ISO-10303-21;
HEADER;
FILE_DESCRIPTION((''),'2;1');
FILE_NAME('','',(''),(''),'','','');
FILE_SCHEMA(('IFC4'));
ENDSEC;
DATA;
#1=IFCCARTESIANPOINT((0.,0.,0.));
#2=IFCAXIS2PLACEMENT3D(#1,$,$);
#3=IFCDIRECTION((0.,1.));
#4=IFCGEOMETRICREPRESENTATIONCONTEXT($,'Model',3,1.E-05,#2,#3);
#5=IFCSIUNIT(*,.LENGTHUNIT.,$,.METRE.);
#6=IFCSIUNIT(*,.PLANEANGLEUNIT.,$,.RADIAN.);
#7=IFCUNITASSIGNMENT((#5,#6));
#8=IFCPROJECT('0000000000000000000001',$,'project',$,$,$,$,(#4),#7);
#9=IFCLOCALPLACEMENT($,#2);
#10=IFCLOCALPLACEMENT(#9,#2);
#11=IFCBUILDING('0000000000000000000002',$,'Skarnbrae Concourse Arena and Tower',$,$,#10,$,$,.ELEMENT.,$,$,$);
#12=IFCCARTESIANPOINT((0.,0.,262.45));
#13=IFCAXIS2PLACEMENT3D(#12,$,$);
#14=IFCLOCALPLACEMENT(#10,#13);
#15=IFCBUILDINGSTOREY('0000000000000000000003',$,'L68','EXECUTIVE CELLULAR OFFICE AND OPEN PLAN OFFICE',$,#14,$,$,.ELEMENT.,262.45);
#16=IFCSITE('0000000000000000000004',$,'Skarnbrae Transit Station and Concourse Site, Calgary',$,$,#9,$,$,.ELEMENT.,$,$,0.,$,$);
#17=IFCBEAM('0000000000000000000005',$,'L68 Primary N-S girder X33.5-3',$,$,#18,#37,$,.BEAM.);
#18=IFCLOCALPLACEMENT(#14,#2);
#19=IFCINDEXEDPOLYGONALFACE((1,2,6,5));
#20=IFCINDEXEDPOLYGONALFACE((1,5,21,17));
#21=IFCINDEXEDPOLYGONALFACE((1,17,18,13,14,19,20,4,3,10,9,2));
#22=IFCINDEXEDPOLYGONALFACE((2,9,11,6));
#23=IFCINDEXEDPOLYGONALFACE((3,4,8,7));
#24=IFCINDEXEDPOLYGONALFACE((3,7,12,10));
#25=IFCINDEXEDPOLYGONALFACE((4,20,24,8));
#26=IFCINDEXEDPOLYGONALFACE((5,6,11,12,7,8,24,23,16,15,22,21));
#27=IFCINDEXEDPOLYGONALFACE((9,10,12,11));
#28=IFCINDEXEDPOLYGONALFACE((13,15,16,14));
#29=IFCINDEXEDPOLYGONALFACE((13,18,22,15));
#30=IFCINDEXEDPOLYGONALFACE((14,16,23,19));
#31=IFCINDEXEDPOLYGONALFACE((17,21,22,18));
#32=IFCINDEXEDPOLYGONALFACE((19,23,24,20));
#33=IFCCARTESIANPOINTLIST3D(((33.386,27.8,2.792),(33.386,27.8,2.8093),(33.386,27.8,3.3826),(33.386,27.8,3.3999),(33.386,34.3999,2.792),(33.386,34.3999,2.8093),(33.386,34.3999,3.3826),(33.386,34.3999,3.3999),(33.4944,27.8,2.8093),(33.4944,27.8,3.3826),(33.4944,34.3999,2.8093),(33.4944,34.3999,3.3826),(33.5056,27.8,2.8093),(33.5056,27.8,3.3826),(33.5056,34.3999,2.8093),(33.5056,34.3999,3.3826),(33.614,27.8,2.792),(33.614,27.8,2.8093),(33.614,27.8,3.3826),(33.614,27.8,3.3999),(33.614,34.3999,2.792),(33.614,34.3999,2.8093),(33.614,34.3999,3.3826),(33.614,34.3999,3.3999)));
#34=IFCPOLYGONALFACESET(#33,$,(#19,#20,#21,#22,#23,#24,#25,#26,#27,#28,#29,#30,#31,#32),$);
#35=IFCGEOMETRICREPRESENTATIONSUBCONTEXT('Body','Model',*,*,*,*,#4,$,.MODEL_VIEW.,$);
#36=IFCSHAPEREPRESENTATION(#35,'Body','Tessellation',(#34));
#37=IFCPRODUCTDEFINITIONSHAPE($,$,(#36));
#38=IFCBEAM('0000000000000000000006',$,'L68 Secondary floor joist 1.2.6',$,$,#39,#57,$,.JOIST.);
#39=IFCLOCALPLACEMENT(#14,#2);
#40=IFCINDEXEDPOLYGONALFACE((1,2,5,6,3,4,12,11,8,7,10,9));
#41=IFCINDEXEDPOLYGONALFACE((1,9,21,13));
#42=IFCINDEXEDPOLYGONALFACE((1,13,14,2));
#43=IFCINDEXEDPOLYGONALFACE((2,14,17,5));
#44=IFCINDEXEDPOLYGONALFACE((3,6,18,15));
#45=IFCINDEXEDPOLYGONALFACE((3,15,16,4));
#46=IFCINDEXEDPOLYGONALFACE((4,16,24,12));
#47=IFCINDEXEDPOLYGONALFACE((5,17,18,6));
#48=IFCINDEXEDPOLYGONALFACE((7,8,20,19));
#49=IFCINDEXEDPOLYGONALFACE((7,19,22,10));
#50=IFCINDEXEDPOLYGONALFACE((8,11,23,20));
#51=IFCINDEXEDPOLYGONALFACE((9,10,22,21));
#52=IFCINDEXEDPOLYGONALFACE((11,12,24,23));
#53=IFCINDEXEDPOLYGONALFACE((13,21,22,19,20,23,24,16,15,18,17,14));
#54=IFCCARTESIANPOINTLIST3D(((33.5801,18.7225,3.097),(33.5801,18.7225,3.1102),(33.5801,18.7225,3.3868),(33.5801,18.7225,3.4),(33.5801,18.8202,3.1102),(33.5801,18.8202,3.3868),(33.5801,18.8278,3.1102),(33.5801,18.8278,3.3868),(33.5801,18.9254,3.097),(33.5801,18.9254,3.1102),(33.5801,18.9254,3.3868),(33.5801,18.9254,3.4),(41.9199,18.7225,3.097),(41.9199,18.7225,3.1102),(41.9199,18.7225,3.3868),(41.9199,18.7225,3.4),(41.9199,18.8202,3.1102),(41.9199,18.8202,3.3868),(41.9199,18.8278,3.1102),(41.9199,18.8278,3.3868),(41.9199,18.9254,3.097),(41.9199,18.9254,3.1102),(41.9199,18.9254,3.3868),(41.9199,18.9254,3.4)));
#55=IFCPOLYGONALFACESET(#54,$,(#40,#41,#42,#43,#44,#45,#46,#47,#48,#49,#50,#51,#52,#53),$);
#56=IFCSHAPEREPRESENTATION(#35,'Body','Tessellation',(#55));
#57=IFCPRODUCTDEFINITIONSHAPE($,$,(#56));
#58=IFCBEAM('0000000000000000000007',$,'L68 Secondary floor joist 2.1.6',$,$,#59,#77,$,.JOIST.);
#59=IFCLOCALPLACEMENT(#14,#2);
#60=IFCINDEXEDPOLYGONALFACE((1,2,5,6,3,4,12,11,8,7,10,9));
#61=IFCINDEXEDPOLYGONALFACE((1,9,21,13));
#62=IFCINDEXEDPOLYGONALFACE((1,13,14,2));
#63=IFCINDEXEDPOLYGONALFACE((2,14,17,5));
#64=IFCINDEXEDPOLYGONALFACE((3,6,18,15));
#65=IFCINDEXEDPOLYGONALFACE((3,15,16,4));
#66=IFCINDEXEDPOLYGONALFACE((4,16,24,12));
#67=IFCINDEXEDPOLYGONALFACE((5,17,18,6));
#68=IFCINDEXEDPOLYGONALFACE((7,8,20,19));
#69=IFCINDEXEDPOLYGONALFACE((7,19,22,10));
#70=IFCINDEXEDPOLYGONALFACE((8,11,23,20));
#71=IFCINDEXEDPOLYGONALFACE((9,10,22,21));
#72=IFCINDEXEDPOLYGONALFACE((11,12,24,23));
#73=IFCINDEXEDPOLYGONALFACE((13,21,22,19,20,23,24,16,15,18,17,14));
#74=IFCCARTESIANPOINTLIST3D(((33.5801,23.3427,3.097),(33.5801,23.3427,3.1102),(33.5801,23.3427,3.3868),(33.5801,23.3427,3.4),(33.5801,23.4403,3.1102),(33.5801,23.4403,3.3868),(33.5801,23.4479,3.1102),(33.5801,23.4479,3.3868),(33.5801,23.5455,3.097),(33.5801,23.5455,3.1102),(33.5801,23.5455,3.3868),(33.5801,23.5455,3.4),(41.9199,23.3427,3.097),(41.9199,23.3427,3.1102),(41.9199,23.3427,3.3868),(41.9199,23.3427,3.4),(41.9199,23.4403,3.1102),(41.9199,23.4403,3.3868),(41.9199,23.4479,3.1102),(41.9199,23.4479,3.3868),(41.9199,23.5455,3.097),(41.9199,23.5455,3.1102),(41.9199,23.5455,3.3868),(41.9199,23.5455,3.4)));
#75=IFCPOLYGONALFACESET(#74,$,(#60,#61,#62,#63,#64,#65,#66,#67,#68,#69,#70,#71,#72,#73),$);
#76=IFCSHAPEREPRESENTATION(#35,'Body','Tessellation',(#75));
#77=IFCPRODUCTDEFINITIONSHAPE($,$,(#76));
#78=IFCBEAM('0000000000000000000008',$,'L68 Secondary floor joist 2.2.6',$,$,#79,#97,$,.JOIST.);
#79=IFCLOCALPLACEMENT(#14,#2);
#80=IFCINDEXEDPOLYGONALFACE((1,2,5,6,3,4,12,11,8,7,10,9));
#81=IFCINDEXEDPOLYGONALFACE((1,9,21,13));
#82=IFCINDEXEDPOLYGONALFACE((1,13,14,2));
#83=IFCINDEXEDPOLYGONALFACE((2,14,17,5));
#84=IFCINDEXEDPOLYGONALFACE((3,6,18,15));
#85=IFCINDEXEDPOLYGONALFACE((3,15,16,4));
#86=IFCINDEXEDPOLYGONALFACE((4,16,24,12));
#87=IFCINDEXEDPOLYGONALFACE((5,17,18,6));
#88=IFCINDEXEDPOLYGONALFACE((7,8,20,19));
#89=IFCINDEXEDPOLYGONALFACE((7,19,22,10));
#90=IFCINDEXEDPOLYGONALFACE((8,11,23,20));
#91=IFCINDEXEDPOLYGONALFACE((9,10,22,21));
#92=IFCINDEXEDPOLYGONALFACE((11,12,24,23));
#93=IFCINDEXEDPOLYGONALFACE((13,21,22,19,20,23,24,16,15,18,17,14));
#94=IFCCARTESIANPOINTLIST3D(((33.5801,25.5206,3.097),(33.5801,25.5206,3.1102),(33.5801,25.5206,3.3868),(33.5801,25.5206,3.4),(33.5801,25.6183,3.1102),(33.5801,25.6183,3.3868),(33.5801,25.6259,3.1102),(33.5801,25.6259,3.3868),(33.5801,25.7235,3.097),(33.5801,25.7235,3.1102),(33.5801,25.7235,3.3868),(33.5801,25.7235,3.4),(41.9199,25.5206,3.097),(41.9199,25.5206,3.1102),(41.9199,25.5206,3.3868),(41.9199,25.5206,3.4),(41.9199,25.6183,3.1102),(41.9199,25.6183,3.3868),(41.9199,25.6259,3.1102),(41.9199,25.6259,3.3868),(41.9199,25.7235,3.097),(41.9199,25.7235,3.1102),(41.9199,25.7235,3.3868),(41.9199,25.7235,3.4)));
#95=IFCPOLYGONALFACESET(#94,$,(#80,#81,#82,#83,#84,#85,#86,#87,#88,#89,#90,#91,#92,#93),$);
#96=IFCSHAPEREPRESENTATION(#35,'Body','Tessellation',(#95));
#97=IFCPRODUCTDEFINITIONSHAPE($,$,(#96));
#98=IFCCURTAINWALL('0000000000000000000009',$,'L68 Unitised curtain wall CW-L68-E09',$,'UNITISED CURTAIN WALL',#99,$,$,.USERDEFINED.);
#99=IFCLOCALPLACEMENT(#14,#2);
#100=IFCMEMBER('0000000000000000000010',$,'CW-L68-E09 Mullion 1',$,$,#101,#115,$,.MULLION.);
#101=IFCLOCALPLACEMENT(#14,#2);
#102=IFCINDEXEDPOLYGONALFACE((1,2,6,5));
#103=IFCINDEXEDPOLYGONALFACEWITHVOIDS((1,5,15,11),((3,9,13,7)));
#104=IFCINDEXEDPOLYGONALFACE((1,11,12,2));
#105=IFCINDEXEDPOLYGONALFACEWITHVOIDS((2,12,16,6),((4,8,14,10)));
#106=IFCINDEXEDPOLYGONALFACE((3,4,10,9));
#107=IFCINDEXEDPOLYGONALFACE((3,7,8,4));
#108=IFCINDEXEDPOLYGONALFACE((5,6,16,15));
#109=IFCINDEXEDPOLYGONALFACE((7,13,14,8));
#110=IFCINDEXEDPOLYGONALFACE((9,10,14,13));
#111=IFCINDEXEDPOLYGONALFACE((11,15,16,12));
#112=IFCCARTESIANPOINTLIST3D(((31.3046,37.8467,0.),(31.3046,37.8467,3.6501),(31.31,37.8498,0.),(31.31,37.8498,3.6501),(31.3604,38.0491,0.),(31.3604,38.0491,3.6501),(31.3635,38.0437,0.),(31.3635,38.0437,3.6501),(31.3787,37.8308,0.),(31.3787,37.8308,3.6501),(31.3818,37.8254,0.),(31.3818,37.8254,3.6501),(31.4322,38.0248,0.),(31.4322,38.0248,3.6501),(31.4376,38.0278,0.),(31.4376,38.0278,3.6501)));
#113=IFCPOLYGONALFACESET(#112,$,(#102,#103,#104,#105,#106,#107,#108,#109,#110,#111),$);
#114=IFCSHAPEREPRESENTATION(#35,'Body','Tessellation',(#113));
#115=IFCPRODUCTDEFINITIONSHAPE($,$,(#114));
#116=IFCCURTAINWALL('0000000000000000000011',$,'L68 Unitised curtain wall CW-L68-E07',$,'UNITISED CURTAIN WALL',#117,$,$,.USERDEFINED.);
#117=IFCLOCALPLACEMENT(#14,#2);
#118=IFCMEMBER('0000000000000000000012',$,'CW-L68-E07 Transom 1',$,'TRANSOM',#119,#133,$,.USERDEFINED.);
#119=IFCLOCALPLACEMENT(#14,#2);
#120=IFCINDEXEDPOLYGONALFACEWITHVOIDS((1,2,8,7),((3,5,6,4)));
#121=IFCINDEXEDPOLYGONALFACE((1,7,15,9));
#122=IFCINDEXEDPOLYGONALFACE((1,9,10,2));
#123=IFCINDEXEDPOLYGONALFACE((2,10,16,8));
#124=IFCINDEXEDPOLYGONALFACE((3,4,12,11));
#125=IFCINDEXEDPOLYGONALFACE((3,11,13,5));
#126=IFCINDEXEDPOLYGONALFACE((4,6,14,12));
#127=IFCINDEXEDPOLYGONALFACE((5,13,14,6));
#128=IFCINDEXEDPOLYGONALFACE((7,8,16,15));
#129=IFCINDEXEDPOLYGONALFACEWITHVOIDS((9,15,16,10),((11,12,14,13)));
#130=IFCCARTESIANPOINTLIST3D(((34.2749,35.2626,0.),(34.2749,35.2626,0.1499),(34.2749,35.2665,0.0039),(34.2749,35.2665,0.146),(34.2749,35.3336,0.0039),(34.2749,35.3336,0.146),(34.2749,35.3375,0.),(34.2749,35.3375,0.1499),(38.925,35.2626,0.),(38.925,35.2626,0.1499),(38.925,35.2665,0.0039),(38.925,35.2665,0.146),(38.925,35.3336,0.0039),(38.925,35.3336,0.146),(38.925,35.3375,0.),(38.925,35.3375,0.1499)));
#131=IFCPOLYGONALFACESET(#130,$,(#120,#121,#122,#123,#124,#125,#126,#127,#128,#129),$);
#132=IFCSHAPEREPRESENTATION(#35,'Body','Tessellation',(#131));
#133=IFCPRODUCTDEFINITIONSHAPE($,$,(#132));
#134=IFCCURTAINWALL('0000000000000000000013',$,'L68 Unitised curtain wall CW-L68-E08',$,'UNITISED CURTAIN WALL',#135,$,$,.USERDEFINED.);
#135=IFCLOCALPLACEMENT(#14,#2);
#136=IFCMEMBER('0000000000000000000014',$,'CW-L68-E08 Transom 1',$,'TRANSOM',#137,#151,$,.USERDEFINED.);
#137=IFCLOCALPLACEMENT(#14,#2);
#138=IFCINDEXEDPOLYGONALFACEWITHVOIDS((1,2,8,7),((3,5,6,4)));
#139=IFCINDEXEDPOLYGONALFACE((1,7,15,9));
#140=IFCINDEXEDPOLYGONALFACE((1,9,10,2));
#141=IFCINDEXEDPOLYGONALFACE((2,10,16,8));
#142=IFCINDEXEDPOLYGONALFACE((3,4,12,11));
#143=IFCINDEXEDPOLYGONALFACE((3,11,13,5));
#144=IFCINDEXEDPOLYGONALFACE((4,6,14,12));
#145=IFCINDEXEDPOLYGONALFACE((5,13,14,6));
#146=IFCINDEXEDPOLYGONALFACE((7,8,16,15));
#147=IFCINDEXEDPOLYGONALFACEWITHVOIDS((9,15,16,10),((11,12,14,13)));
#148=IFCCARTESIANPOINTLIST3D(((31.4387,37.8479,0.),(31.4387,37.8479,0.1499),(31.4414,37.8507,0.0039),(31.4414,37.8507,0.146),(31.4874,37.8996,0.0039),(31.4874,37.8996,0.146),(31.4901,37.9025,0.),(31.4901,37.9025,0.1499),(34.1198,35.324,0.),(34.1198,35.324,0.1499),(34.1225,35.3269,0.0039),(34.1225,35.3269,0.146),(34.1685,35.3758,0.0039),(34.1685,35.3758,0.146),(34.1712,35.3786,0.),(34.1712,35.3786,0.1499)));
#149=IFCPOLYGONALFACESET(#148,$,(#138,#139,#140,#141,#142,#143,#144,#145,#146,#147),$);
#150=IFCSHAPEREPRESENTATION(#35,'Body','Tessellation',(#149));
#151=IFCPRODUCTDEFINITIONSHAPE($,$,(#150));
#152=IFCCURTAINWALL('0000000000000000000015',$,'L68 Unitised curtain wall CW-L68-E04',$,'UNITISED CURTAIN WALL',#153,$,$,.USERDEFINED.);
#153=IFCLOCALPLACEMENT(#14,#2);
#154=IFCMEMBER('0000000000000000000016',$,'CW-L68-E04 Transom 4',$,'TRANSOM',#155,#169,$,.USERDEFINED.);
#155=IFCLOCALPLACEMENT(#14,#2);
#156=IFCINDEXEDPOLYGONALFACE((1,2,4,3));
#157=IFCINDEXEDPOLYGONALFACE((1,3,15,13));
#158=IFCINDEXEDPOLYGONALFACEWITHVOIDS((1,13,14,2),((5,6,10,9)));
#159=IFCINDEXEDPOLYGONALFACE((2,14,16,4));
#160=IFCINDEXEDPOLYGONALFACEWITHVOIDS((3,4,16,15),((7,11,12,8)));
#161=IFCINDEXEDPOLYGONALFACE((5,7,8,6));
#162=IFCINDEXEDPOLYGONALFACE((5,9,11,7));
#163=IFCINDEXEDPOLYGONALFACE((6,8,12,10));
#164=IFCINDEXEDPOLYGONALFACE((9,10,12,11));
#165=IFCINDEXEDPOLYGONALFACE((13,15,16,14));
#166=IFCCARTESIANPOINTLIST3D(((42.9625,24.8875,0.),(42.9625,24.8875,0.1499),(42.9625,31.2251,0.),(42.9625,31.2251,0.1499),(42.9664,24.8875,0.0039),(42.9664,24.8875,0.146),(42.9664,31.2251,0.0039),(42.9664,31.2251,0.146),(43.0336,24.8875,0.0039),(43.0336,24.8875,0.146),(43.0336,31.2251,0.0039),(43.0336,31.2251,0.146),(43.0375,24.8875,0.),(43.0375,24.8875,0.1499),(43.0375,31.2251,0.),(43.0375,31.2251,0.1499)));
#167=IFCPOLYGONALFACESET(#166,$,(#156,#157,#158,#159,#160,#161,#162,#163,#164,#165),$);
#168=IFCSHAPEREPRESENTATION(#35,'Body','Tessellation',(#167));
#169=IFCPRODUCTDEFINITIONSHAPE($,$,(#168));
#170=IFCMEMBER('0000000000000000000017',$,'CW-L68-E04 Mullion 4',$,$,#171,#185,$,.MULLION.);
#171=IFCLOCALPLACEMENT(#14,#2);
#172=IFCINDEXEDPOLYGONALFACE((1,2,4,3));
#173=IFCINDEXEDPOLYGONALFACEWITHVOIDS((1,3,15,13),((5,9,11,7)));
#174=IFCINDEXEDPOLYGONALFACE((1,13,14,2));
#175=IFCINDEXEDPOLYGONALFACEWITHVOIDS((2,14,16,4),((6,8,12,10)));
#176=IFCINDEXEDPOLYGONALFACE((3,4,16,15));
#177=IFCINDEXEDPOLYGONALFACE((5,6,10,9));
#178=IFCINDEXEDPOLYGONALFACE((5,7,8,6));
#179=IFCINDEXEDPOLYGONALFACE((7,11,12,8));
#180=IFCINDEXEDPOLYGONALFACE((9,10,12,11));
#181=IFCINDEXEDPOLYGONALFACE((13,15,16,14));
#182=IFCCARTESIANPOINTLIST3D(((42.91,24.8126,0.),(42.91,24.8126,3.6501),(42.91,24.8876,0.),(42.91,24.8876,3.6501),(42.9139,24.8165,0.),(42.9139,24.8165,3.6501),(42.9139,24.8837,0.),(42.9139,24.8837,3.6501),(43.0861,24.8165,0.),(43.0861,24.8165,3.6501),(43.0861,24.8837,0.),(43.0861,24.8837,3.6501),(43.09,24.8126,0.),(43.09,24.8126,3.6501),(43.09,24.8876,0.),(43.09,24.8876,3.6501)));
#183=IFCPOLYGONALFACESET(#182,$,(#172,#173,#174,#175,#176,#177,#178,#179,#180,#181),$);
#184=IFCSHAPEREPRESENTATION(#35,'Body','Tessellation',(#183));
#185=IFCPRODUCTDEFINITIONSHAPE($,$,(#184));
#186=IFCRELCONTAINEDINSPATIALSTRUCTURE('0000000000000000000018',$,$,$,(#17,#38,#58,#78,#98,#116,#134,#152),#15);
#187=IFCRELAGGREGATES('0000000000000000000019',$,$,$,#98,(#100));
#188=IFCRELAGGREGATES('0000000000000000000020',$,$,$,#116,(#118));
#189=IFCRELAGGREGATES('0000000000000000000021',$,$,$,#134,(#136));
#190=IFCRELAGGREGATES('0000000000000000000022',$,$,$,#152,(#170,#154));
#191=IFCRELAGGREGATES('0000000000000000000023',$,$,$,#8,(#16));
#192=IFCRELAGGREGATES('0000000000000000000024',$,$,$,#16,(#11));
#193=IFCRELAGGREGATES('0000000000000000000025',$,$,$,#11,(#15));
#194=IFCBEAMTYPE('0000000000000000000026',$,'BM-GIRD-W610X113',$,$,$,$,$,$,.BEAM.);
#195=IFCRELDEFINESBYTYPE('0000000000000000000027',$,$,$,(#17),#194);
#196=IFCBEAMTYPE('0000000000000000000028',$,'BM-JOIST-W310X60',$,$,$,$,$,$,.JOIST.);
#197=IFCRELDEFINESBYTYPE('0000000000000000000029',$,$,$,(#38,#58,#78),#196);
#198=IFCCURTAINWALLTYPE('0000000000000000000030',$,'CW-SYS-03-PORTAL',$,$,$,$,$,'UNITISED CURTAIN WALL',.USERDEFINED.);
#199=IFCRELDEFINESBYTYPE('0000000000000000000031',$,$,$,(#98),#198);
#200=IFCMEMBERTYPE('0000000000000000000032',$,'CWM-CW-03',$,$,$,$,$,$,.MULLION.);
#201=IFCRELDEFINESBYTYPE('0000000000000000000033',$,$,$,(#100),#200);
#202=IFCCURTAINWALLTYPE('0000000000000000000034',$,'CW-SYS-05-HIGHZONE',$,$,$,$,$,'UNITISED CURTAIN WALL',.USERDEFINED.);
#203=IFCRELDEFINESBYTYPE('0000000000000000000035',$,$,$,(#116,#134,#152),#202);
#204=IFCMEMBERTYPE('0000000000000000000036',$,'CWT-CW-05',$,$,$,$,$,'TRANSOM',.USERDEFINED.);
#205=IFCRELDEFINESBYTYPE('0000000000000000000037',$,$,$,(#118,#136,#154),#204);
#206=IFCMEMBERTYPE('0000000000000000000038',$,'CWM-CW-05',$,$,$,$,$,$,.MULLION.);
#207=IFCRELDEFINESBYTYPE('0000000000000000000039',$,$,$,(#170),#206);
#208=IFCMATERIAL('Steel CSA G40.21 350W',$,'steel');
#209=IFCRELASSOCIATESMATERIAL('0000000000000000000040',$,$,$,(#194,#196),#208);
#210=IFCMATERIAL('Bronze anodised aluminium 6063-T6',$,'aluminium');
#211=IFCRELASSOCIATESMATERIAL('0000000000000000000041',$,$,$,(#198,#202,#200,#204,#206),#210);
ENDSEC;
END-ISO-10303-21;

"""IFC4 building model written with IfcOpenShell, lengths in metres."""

from ifc_helpers import new_model, si_unit, direction, frame, origin, origin_2d, place, context, subcontext, project, spatial, hollow_rectangle, i_section, extrude, source, transform, mapped, material, material_profile, profile_set, type_object, element, aggregate, save


model = new_model("IFC4")

# Units and contexts
model_context = context("Model", 3, precision=1e-05, world=origin(), true_north=direction((0.0, 1.0)))
body_context = subcontext(model_context, "Body", "Model", "MODEL_VIEW")
ifc_project = project(units=[si_unit("LENGTHUNIT", "METRE"), si_unit("PLANEANGLEUNIT", "RADIAN")], contexts=[model_context])

# Site, building, storey
site_placement = place(None, origin())
site = spatial("IfcSite", under=ifc_project, at=site_placement, Name="Skarnbrae Transit Station and Concourse Site, Calgary", CompositionType="ELEMENT", RefElevation=0.0)
building_placement = place(site_placement, origin())
building = spatial("IfcBuilding", under=site, at=building_placement, Name="Skarnbrae Concourse Arena and Tower", CompositionType="ELEMENT")
storey_placement = place(building_placement, frame((0.0, 0.0, 262.45)))
storey = spatial("IfcBuildingStorey", under=building, at=storey_placement, Name="L68", Description="EXECUTIVE CELLULAR OFFICE AND OPEN PLAN OFFICE", CompositionType="ELEMENT", Elevation=262.45)

# Shared definitions
ifc_material_1 = material(Name="Steel CSA G40.21 350W", Category="steel")

# Beams
ifc_material_profile_1 = material_profile(ifc_material_1, i_section(OverallWidth=0.228, OverallDepth=0.6079, WebThickness=0.0112, FlangeThickness=0.0173, at=origin_2d()), Name="W610X113")
ifc_profile_set_1 = profile_set([ifc_material_profile_1], Name="Steel CSA G40.21 350W")
beam_type_1 = type_object("IfcBeamType", Name="BM-GIRD-W610X113", PredefinedType="BEAM", material=ifc_profile_set_1)
shared_shape_1 = source(origin(), body_context, "Body", "SweptSolid", [
    extrude(i_section(OverallWidth=0.228, OverallDepth=0.6079, WebThickness=0.0112, FlangeThickness=0.0173, at=origin_2d()), origin(), (0.0, 0.0, 1.0), 6.5999),
])
beam_1_placement = place(storey_placement, frame((33.5, 27.8, 3.0959), z_axis=(0.0, 1.0, 0.0), x_axis=(-1.0, 0.0, 0.0)))
element("IfcBeam", 1, at=beam_1_placement, inside=storey, type_object=beam_type_1, Name="L68 Primary N-S girder X33.5-3", PredefinedType="BEAM", context=body_context, shape_type="MappedRepresentation", body=[
    mapped(shared_shape_1, transform((0.0, 0.0, 0.0))),
])
ifc_material_profile_2 = material_profile(ifc_material_1, i_section(OverallWidth=0.2029, OverallDepth=0.303, WebThickness=0.0076, FlangeThickness=0.0132, at=origin_2d()), Name="W310X60")
ifc_profile_set_2 = profile_set([ifc_material_profile_2], Name="Steel CSA G40.21 350W")
beam_type_2 = type_object("IfcBeamType", Name="BM-JOIST-W310X60", PredefinedType="JOIST", material=ifc_profile_set_2)
shared_shape_2 = source(origin(), body_context, "Body", "SweptSolid", [
    extrude(i_section(OverallWidth=0.2029, OverallDepth=0.303, WebThickness=0.0076, FlangeThickness=0.0132, at=origin_2d()), origin(), (0.0, 0.0, 1.0), 8.3398),
])
for number, where, z_axis, x_axis, name in (
    (2, (33.5801, 18.824, 3.2485), (1.0, 0.0, 0.0), (0.0, 1.0, 0.0), "L68 Secondary floor joist 1.2.6"),
    (3, (33.5801, 23.4441, 3.2485), (1.0, 0.0, 0.0), (0.0, 1.0, 0.0), "L68 Secondary floor joist 2.1.6"),
    (4, (33.5801, 25.6221, 3.2485), (1.0, 0.0, 0.0), (0.0, 1.0, 0.0), "L68 Secondary floor joist 2.2.6"),
):
    element("IfcBeam", number, at=place(storey_placement, frame(where, z_axis=z_axis, x_axis=x_axis)), inside=storey, type_object=beam_type_2, Name=name, PredefinedType="JOIST", context=body_context, shape_type="MappedRepresentation", body=[
        mapped(shared_shape_2, transform((0.0, 0.0, 0.0))),
    ])

# Curtain walls, members
ifc_material_2 = material(Name="Bronze anodised aluminium 6063-T6", Category="aluminium")
curtain_wall_type_1 = type_object("IfcCurtainWallType", Name="CW-SYS-03-PORTAL", ElementType="UNITISED CURTAIN WALL", PredefinedType="USERDEFINED", material=ifc_material_2)
curtain_wall_1_placement = place(storey_placement, origin())
curtain_wall_1 = element("IfcCurtainWall", 5, at=curtain_wall_1_placement, inside=storey, type_object=curtain_wall_type_1, Name="L68 Unitised curtain wall CW-L68-E09", ObjectType="UNITISED CURTAIN WALL", PredefinedType="USERDEFINED")
ifc_material_profile_3 = material_profile(ifc_material_2, hollow_rectangle(XDim=0.0801, YDim=0.21, WallThickness=0.0044, at=origin_2d()), Name="ALU-MULL-80X210")
ifc_profile_set_3 = profile_set([ifc_material_profile_3], Name="Bronze anodised aluminium 6063-T6")
member_type_1 = type_object("IfcMemberType", Name="CWM-CW-03", PredefinedType="MULLION", material=ifc_profile_set_3)
shared_shape_3 = source(origin(), body_context, "Body", "SweptSolid", [
    extrude(hollow_rectangle(XDim=0.0801, YDim=0.21, WallThickness=0.0044, at=origin_2d()), origin(), (0.0, 0.0, 1.0), 3.6501),
])
member_1_placement = place(storey_placement, frame((31.3711, 37.9373, 0.0), z_axis=(0.0, 0.0, 1.0), x_axis=(-0.964057, 0.265694, 0.0)))
member_1 = element("IfcMember", 6, at=member_1_placement, type_object=member_type_1, Name="CW-L68-E09 Mullion 1", PredefinedType="MULLION", context=body_context, shape_type="MappedRepresentation", body=[
    mapped(shared_shape_3, transform((0.0, 0.0, 0.0))),
])
aggregate(curtain_wall_1, [member_1])
curtain_wall_type_2 = type_object("IfcCurtainWallType", Name="CW-SYS-05-HIGHZONE", ElementType="UNITISED CURTAIN WALL", PredefinedType="USERDEFINED", material=ifc_material_2)
curtain_wall_2_placement = place(storey_placement, origin())
curtain_wall_2 = element("IfcCurtainWall", 7, at=curtain_wall_2_placement, inside=storey, type_object=curtain_wall_type_2, Name="L68 Unitised curtain wall CW-L68-E07", ObjectType="UNITISED CURTAIN WALL", PredefinedType="USERDEFINED")
ifc_material_profile_4 = material_profile(ifc_material_2, hollow_rectangle(XDim=0.075, YDim=0.1499, WallThickness=0.0039, at=origin_2d()), Name="ALU-TRAN-75X150")
ifc_profile_set_4 = profile_set([ifc_material_profile_4], Name="Bronze anodised aluminium 6063-T6")
member_type_2 = type_object("IfcMemberType", Name="CWT-CW-05", ElementType="TRANSOM", PredefinedType="USERDEFINED", material=ifc_profile_set_4)
shared_shape_4 = source(origin(), body_context, "Body", "SweptSolid", [
    extrude(hollow_rectangle(XDim=0.075, YDim=0.1499, WallThickness=0.0039, at=origin_2d()), origin(), (0.0, 0.0, 1.0), 4.6501),
])
member_2_placement = place(storey_placement, frame((38.925, 35.3, 0.075), z_axis=(-1.0, 0.0, 0.0), x_axis=(0.0, -1.0, 0.0)))
member_2 = element("IfcMember", 8, at=member_2_placement, type_object=member_type_2, Name="CW-L68-E07 Transom 1", ObjectType="TRANSOM", PredefinedType="USERDEFINED", context=body_context, shape_type="MappedRepresentation", body=[
    mapped(shared_shape_4, transform((0.0, 0.0, 0.0))),
])
curtain_wall_3_placement = place(storey_placement, origin())
curtain_wall_3 = element("IfcCurtainWall", 9, at=curtain_wall_3_placement, inside=storey, type_object=curtain_wall_type_2, Name="L68 Unitised curtain wall CW-L68-E08", ObjectType="UNITISED CURTAIN WALL", PredefinedType="USERDEFINED")
shared_shape_5 = source(origin(), body_context, "Body", "SweptSolid", [
    extrude(hollow_rectangle(XDim=0.075, YDim=0.1499, WallThickness=0.0039, at=origin_2d()), origin(), (0.0, 0.0, 1.0), 3.6821),
])
member_3_placement = place(storey_placement, frame((34.1455, 35.3513, 0.075), z_axis=(-0.728134, 0.685435, 0.0), x_axis=(-0.685435, -0.728134, 0.0)))
member_3 = element("IfcMember", 10, at=member_3_placement, type_object=member_type_2, Name="CW-L68-E08 Transom 1", ObjectType="TRANSOM", PredefinedType="USERDEFINED", context=body_context, shape_type="MappedRepresentation", body=[
    mapped(shared_shape_5, transform((0.0, 0.0, 0.0))),
])

# Curtain wall, members
curtain_wall_4_placement = place(storey_placement, origin())
curtain_wall_4 = element("IfcCurtainWall", 11, at=curtain_wall_4_placement, inside=storey, type_object=curtain_wall_type_2, Name="L68 Unitised curtain wall CW-L68-E04", ObjectType="UNITISED CURTAIN WALL", PredefinedType="USERDEFINED")
shared_shape_6 = source(origin(), body_context, "Body", "SweptSolid", [
    extrude(hollow_rectangle(XDim=0.075, YDim=0.1499, WallThickness=0.0039, at=origin_2d()), origin(), (0.0, 0.0, 1.0), 6.3376),
])
member_4_placement = place(storey_placement, frame((43.0, 24.8875, 0.075), z_axis=(0.0, 1.0, 0.0), x_axis=(-1.0, 0.0, 0.0)))
member_4 = element("IfcMember", 12, at=member_4_placement, type_object=member_type_2, Name="CW-L68-E04 Transom 4", ObjectType="TRANSOM", PredefinedType="USERDEFINED", context=body_context, shape_type="MappedRepresentation", body=[
    mapped(shared_shape_6, transform((0.0, 0.0, 0.0))),
])
ifc_material_profile_5 = material_profile(ifc_material_2, hollow_rectangle(XDim=0.075, YDim=0.1799, WallThickness=0.0039, at=origin_2d()), Name="ALU-MULL-75X180")
ifc_profile_set_5 = profile_set([ifc_material_profile_5], Name="Bronze anodised aluminium 6063-T6")
member_type_3 = type_object("IfcMemberType", Name="CWM-CW-05", PredefinedType="MULLION", material=ifc_profile_set_5)
shared_shape_7 = source(origin(), body_context, "Body", "SweptSolid", [
    extrude(hollow_rectangle(XDim=0.075, YDim=0.1799, WallThickness=0.0039, at=origin_2d()), origin(), (0.0, 0.0, 1.0), 3.6501),
])
member_5_placement = place(storey_placement, frame((43.0, 24.8501, 0.0), z_axis=(0.0, 0.0, 1.0), x_axis=(0.0, 1.0, 0.0)))
member_5 = element("IfcMember", 13, at=member_5_placement, type_object=member_type_3, Name="CW-L68-E04 Mullion 4", PredefinedType="MULLION", context=body_context, shape_type="MappedRepresentation", body=[
    mapped(shared_shape_7, transform((0.0, 0.0, 0.0))),
])

aggregate(curtain_wall_2, [member_2])
aggregate(curtain_wall_3, [member_3])
aggregate(curtain_wall_4, [member_5, member_4])

save(model, "model.ifc")
